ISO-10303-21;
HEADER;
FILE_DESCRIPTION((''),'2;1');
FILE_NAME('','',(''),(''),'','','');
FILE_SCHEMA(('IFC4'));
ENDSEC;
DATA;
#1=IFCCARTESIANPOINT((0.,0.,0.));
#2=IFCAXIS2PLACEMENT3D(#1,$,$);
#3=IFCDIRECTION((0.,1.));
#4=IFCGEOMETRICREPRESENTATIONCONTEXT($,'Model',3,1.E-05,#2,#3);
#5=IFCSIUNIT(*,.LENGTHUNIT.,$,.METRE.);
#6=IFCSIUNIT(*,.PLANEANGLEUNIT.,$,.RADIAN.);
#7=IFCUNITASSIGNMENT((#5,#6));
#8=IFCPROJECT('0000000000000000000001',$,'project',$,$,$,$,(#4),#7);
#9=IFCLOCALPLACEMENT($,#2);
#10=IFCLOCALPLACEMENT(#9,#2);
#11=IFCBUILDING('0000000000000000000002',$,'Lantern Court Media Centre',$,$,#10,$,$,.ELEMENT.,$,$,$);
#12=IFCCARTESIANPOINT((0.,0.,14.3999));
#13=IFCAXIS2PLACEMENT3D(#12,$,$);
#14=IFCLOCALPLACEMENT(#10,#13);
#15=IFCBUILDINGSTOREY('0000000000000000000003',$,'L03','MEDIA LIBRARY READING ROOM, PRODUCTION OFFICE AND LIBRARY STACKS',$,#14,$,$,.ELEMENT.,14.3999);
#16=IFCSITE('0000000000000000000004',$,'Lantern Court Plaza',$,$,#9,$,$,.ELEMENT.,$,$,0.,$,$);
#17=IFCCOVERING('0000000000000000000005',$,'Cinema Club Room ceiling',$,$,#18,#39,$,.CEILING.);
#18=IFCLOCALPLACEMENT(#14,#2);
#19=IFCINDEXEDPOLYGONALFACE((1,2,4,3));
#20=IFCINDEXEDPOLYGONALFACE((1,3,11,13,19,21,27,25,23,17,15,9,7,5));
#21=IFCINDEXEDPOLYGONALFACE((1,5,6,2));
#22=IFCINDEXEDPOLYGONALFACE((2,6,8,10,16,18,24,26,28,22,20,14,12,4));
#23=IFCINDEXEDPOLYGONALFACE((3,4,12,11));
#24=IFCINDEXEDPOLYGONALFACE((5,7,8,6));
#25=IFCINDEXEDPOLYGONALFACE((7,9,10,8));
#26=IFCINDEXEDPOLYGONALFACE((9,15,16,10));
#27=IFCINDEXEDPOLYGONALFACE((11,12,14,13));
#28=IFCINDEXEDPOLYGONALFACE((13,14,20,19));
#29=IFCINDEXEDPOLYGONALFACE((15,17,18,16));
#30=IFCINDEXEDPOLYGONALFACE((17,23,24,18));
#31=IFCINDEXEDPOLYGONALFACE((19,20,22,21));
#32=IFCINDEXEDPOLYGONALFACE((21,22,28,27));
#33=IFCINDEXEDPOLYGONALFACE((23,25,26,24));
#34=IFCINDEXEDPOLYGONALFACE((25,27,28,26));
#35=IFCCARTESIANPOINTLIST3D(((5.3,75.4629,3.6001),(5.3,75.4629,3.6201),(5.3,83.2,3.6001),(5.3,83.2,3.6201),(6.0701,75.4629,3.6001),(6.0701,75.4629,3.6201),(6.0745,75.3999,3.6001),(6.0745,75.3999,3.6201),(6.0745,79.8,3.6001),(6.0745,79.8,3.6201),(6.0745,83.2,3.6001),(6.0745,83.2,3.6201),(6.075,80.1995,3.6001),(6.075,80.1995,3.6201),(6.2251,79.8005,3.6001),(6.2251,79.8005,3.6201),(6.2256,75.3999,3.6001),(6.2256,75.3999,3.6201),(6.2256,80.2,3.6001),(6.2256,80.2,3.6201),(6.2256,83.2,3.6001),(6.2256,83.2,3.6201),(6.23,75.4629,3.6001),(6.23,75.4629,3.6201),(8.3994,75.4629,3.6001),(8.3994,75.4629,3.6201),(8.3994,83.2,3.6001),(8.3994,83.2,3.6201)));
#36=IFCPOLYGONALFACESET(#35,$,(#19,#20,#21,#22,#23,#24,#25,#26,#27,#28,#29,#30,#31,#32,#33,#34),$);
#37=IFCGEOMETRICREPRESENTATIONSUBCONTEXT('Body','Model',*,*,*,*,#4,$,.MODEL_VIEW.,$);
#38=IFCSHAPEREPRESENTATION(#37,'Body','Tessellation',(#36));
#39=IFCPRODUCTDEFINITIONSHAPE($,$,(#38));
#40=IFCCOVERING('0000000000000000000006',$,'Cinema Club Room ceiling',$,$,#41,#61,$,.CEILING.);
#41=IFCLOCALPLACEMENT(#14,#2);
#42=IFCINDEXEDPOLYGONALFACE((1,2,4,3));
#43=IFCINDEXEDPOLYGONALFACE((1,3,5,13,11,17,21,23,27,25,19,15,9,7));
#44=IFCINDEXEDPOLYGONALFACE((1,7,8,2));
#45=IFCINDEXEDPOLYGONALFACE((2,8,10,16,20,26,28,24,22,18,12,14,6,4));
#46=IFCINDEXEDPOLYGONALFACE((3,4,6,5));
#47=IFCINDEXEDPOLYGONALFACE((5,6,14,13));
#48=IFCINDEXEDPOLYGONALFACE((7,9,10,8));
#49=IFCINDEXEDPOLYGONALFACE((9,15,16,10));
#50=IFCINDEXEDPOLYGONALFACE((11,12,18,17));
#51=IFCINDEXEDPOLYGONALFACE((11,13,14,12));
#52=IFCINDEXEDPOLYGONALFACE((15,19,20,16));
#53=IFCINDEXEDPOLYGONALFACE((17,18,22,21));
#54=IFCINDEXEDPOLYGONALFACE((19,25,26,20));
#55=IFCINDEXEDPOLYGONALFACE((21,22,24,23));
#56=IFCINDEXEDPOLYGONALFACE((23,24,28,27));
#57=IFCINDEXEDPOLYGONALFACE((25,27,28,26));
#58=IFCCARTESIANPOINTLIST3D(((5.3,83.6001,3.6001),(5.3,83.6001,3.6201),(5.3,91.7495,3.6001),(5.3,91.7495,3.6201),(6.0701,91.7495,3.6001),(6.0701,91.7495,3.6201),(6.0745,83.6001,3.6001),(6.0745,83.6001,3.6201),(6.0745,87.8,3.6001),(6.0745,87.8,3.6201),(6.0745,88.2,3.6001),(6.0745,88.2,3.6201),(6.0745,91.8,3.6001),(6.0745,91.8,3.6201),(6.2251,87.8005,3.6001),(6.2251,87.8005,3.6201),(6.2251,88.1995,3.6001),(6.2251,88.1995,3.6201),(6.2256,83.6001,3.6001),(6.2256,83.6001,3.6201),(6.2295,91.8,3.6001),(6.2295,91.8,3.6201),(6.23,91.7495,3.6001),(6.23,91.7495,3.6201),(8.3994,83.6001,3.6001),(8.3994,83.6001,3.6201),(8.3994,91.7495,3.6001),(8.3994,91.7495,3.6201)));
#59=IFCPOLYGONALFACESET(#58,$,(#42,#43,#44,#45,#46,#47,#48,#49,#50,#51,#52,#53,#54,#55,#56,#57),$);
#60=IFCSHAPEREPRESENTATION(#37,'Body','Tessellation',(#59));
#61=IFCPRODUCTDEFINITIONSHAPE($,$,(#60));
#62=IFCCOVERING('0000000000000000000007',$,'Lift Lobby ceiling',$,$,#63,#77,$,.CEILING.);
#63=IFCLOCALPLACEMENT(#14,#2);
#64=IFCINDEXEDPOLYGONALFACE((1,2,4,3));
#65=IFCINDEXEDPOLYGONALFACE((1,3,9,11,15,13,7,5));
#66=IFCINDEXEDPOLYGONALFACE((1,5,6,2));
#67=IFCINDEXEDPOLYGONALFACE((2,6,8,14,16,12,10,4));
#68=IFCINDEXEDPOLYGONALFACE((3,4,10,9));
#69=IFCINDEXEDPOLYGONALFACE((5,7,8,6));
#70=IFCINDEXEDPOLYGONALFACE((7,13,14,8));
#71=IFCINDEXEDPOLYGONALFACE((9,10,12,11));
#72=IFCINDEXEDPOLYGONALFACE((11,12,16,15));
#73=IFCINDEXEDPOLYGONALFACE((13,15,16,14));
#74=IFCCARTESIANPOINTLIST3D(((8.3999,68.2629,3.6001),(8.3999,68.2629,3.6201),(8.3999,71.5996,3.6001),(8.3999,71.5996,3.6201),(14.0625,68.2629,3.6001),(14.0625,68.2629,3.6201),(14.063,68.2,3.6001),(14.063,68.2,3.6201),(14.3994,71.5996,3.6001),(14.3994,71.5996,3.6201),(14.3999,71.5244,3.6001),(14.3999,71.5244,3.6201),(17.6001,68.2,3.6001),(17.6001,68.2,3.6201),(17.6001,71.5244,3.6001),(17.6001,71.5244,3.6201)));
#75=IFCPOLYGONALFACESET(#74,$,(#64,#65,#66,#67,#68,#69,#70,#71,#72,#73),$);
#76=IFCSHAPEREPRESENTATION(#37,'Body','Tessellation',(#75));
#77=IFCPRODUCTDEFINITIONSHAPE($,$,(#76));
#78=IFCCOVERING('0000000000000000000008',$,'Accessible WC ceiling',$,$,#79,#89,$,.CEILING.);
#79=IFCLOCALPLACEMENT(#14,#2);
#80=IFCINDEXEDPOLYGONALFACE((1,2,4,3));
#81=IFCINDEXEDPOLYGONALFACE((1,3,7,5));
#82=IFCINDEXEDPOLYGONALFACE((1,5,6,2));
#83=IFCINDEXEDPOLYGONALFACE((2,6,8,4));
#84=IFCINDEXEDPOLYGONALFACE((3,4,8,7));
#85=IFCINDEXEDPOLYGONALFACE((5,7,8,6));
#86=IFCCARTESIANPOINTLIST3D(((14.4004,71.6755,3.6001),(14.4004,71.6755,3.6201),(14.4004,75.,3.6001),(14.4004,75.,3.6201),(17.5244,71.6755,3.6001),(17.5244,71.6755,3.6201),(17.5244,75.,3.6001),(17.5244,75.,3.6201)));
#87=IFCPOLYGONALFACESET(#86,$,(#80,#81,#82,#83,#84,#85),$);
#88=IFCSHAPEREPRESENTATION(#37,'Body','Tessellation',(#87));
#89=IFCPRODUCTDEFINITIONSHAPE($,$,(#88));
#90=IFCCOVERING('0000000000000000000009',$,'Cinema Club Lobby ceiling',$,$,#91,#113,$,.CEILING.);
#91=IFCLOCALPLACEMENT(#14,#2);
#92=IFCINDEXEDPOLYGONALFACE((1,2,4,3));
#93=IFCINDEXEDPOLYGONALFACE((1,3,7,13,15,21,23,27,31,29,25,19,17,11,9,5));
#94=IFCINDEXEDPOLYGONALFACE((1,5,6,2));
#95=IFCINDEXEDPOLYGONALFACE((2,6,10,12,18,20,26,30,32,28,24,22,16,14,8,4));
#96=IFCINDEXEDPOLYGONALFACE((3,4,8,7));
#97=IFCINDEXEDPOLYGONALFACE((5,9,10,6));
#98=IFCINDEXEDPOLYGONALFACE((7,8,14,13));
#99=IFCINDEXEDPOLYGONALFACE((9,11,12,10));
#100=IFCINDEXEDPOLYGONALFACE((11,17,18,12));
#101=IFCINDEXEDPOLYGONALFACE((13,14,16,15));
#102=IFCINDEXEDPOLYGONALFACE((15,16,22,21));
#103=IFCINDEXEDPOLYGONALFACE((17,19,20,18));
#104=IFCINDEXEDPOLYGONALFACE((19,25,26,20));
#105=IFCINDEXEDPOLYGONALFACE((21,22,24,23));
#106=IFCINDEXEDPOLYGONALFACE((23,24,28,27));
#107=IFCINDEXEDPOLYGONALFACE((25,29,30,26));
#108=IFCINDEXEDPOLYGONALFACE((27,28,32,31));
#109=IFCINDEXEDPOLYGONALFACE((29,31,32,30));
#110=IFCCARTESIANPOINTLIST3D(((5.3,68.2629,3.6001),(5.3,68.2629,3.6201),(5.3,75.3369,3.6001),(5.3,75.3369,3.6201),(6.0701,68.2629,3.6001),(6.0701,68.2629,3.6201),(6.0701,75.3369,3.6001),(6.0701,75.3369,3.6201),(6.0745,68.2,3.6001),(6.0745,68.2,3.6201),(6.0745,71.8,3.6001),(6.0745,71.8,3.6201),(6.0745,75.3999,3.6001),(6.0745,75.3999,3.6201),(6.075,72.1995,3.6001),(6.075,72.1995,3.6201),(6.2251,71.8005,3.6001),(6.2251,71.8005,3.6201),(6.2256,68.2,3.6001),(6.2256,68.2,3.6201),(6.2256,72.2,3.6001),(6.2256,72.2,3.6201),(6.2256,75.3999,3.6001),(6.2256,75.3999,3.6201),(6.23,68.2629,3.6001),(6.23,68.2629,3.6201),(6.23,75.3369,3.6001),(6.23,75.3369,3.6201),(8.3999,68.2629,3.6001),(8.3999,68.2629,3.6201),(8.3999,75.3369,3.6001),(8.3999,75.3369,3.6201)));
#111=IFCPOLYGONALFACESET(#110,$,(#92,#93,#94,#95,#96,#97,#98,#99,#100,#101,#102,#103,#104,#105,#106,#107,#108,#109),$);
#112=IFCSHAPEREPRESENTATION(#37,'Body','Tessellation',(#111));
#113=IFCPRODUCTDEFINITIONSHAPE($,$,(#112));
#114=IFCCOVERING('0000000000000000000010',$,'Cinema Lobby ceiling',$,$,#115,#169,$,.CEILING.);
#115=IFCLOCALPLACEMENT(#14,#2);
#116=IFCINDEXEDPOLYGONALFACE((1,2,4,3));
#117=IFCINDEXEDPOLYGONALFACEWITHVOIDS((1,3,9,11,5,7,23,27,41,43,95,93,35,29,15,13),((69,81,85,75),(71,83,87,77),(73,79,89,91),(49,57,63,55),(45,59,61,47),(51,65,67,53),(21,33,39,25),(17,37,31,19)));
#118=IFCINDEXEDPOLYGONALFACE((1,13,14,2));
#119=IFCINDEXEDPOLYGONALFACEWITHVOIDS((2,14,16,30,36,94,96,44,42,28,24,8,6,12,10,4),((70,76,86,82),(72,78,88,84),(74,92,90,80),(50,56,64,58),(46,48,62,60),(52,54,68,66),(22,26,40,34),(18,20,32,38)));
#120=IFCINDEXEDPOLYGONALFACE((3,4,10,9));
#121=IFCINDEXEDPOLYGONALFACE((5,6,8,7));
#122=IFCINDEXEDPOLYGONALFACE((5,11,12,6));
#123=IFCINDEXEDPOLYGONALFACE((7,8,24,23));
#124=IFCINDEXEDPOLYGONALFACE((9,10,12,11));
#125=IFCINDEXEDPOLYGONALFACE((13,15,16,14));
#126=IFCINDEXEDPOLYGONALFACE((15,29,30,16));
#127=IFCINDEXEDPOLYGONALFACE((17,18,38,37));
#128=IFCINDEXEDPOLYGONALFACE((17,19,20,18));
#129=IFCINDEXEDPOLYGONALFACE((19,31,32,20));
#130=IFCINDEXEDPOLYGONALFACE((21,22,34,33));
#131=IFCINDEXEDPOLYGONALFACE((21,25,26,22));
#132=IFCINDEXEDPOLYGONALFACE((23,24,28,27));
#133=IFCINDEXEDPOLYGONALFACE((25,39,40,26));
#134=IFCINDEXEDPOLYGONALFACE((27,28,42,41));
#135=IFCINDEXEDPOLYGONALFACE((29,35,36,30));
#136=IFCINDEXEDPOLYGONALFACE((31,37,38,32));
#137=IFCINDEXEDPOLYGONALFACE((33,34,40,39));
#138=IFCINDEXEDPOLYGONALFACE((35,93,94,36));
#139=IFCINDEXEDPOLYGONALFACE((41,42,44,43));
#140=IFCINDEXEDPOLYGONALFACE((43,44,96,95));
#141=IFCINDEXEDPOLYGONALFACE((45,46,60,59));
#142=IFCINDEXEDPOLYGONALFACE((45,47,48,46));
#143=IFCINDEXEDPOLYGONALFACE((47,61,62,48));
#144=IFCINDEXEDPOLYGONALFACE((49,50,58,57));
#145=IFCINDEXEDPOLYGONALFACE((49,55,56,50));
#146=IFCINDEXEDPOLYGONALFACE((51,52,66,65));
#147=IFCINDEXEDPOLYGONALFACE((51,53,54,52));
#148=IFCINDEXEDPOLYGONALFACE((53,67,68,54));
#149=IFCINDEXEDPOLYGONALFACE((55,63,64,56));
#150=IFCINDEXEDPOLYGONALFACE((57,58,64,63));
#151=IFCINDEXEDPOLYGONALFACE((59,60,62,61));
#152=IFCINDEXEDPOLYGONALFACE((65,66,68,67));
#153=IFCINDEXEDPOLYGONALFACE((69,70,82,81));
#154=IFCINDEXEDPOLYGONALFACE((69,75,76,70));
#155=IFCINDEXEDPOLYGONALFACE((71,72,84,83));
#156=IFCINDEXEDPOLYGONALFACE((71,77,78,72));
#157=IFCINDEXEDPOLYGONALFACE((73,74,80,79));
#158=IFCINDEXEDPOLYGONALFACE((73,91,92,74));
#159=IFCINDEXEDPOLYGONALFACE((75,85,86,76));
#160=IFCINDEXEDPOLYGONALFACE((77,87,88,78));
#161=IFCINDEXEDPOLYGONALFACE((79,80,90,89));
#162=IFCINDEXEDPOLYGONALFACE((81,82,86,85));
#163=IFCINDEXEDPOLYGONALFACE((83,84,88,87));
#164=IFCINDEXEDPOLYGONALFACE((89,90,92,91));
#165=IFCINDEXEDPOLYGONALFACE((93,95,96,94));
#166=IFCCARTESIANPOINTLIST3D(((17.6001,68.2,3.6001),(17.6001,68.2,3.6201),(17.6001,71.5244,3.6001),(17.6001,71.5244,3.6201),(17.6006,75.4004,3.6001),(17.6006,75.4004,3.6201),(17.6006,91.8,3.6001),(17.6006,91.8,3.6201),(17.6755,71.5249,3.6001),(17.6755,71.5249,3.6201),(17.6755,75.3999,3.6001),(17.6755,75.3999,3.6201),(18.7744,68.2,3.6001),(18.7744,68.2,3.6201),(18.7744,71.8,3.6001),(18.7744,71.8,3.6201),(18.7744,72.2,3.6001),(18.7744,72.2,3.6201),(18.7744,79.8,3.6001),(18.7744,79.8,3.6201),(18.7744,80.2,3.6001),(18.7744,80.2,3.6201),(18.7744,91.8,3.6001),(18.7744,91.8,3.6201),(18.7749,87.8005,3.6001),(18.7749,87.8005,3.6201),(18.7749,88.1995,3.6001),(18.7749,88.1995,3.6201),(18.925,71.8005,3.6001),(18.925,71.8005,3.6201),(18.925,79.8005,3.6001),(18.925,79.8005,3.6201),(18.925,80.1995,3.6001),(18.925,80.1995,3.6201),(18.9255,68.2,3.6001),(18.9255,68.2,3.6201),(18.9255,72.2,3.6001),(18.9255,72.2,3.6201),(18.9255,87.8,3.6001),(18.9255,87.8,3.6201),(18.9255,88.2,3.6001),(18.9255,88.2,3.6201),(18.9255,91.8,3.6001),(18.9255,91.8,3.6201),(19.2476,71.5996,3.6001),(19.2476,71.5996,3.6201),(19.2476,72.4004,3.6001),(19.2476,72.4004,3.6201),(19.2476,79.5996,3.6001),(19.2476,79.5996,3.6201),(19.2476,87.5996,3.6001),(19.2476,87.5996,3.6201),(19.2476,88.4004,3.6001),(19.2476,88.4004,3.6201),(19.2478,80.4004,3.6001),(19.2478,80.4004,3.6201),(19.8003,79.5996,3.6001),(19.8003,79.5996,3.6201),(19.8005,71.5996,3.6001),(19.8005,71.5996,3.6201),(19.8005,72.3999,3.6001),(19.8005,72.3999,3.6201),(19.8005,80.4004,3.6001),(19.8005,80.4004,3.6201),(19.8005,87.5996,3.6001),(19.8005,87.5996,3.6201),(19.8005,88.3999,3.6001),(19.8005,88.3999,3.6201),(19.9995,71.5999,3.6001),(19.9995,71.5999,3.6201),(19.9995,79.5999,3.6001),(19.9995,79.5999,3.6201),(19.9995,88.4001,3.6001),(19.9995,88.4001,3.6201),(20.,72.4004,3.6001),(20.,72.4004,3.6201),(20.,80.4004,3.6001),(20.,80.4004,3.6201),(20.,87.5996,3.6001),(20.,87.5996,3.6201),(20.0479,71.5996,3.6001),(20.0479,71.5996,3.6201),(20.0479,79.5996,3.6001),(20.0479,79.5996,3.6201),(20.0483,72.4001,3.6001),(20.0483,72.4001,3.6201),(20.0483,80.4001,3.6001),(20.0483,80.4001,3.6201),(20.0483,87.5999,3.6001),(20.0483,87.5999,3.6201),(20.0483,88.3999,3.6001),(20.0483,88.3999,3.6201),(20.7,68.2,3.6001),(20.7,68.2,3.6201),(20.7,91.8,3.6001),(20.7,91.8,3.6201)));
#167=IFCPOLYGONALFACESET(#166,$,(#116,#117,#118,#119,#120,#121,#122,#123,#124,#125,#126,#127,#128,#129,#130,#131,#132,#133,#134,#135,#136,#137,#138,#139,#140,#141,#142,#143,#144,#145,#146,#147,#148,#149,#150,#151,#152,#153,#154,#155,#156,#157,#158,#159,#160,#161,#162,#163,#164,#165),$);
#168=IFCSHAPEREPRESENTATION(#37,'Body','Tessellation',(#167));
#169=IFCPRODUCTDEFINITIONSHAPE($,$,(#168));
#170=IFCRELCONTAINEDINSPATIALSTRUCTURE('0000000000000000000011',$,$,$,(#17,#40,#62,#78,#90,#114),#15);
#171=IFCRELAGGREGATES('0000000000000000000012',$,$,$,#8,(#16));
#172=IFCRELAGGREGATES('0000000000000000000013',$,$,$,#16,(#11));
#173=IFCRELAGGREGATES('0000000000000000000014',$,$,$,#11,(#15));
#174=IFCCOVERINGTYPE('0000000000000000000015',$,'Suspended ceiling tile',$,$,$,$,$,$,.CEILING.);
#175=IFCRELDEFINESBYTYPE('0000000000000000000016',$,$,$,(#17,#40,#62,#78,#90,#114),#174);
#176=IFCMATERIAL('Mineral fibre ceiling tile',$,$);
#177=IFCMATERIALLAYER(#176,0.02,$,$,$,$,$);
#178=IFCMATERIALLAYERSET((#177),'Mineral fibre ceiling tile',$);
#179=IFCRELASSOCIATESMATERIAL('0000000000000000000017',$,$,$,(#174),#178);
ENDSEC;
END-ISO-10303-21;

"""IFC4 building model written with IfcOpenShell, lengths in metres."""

from ifc_helpers import new_model, si_unit, direction, frame, origin, place, context, subcontext, project, spatial, polyline, outline, extrude, material, layer, layer_set, type_object, element, save


model = new_model("IFC4")

# Units and contexts
model_context = context("Model", 3, precision=1e-05, world=origin(), true_north=direction((0.0, 1.0)))
body_context = subcontext(model_context, "Body", "Model", "MODEL_VIEW")
ifc_project = project(units=[si_unit("LENGTHUNIT", "METRE"), si_unit("PLANEANGLEUNIT", "RADIAN")], contexts=[model_context])

# Site, building, storey
site_placement = place(None, origin())
site = spatial("IfcSite", under=ifc_project, at=site_placement, Name="Lantern Court Plaza", CompositionType="ELEMENT", RefElevation=0.0)
building_placement = place(site_placement, origin())
building = spatial("IfcBuilding", under=site, at=building_placement, Name="Lantern Court Media Centre", CompositionType="ELEMENT")
storey_placement = place(building_placement, frame((0.0, 0.0, 14.3999)))
storey = spatial("IfcBuildingStorey", under=building, at=storey_placement, Name="L03", Description="MEDIA LIBRARY READING ROOM, PRODUCTION OFFICE AND LIBRARY STACKS", CompositionType="ELEMENT", Elevation=14.3999)

# Coverings
ifc_material_1 = material(Name="Mineral fibre ceiling tile")
ifc_layer_1 = layer(ifc_material_1, 0.02)
ifc_layer_set_1 = layer_set([ifc_layer_1], Name="Mineral fibre ceiling tile")
covering_type_1 = type_object("IfcCoveringType", Name="Suspended ceiling tile", PredefinedType="CEILING", material=ifc_layer_set_1)
covering_1_placement = place(storey_placement, frame((0.0, 0.0, 3.6001)))
element("IfcCovering", 1, at=covering_1_placement, inside=storey, type_object=covering_type_1, Name="Cinema Club Room ceiling", PredefinedType="CEILING", context=body_context, shape_type="SweptSolid", body=[
    extrude(outline(polyline([(8.3994, 83.2), (8.3994, 75.4629), (6.23, 75.4629), (6.2256, 75.3999), (6.2251, 79.8005), (6.0745, 79.8), (6.0745, 75.3999), (6.0701, 75.4629), (5.3, 75.4629), (5.3, 83.2), (6.0745, 83.2), (6.075, 80.1995), (6.2256, 80.2), (6.2256, 83.2), (8.3994, 83.2)])), origin(), (0.0, 0.0, 1.0), 0.02),
])
covering_2_placement = place(storey_placement, frame((0.0, 0.0, 3.6001)))
element("IfcCovering", 2, at=covering_2_placement, inside=storey, type_object=covering_type_1, Name="Cinema Club Room ceiling", PredefinedType="CEILING", context=body_context, shape_type="SweptSolid", body=[
    extrude(outline(polyline([(6.2295, 91.8), (6.23, 91.7495), (8.3994, 91.7495), (8.3994, 83.6001), (6.2256, 83.6001), (6.2251, 87.8005), (6.0745, 87.8), (6.0745, 83.6001), (5.3, 83.6001), (5.3, 91.7495), (6.0701, 91.7495), (6.0745, 91.8), (6.0745, 88.2), (6.2251, 88.1995), (6.2295, 91.8)])), origin(), (0.0, 0.0, 1.0), 0.02),
])
covering_3_placement = place(storey_placement, frame((0.0, 0.0, 3.6001)))
element("IfcCovering", 3, at=covering_3_placement, inside=storey, type_object=covering_type_1, Name="Lift Lobby ceiling", PredefinedType="CEILING", context=body_context, shape_type="SweptSolid", body=[
    extrude(outline(polyline([(17.6001, 68.2), (14.063, 68.2), (14.0625, 68.2629), (8.3999, 68.2629), (8.3999, 71.5996), (14.3994, 71.5996), (14.3999, 71.5244), (17.6001, 71.5244), (17.6001, 68.2)])), origin(), (0.0, 0.0, 1.0), 0.02),
])
covering_4_placement = place(storey_placement, frame((0.0, 0.0, 3.6001)))
element("IfcCovering", 4, at=covering_4_placement, inside=storey, type_object=covering_type_1, Name="Accessible WC ceiling", PredefinedType="CEILING", context=body_context, shape_type="SweptSolid", body=[
    extrude(outline(polyline([(17.5244, 75.0), (17.5244, 71.6755), (14.4004, 71.6755), (14.4004, 75.0), (17.5244, 75.0)])), origin(), (0.0, 0.0, 1.0), 0.02),
])
covering_5_placement = place(storey_placement, frame((0.0, 0.0, 3.6001)))
element("IfcCovering", 5, at=covering_5_placement, inside=storey, type_object=covering_type_1, Name="Cinema Club Lobby ceiling", PredefinedType="CEILING", context=body_context, shape_type="SweptSolid", body=[
    extrude(outline(polyline([(8.3999, 68.2629), (6.23, 68.2629), (6.2256, 68.2), (6.2251, 71.8005), (6.0745, 71.8), (6.0745, 68.2), (6.0701, 68.2629), (5.3, 68.2629), (5.3, 75.3369), (6.0701, 75.3369), (6.0745, 75.3999), (6.075, 72.1995), (6.2256, 72.2), (6.2256, 75.3999), (6.23, 75.3369), (8.3999, 75.3369), (8.3999, 68.2629)])), origin(), (0.0, 0.0, 1.0), 0.02),
])
covering_6_placement = place(storey_placement, frame((0.0, 0.0, 3.6001)))
element("IfcCovering", 6, at=covering_6_placement, inside=storey, type_object=covering_type_1, Name="Cinema Lobby ceiling", PredefinedType="CEILING", context=body_context, shape_type="SweptSolid", body=[
    extrude(outline(polyline([(20.7, 91.8), (20.7, 68.2), (18.9255, 68.2), (18.925, 71.8005), (18.7744, 71.8), (18.7744, 68.2), (17.6001, 68.2), (17.6001, 71.5244), (17.6755, 71.5249), (17.6755, 75.3999), (17.6006, 75.4004), (17.6006, 91.8), (18.7744, 91.8), (18.7749, 88.1995), (18.9255, 88.2), (18.9255, 91.8), (20.7, 91.8)]), holes=[polyline([(20.0479, 79.5996), (20.0483, 80.4001), (20.0, 80.4004), (19.9995, 79.5999), (20.0479, 79.5996)]), polyline([(20.0479, 71.5996), (20.0483, 72.4001), (20.0, 72.4004), (19.9995, 71.5999), (20.0479, 71.5996)]), polyline([(20.0483, 88.3999), (19.9995, 88.4001), (20.0, 87.5996), (20.0483, 87.5999), (20.0483, 88.3999)]), polyline([(19.8005, 88.3999), (19.2476, 88.4004), (19.2476, 87.5996), (19.8005, 87.5996), (19.8005, 88.3999)]), polyline([(19.8005, 72.3999), (19.2476, 72.4004), (19.2476, 71.5996), (19.8005, 71.5996), (19.8005, 72.3999)]), polyline([(19.2478, 80.4004), (19.2476, 79.5996), (19.8003, 79.5996), (19.8005, 80.4004), (19.2478, 80.4004)]), polyline([(18.7744, 72.2), (18.9255, 72.2), (18.925, 79.8005), (18.7744, 79.8), (18.7744, 72.2)]), polyline([(18.925, 80.1995), (18.9255, 87.8), (18.7749, 87.8005), (18.7744, 80.2), (18.925, 80.1995)])]), origin(), (0.0, 0.0, 1.0), 0.02),
])

save(model, "model.ifc")
